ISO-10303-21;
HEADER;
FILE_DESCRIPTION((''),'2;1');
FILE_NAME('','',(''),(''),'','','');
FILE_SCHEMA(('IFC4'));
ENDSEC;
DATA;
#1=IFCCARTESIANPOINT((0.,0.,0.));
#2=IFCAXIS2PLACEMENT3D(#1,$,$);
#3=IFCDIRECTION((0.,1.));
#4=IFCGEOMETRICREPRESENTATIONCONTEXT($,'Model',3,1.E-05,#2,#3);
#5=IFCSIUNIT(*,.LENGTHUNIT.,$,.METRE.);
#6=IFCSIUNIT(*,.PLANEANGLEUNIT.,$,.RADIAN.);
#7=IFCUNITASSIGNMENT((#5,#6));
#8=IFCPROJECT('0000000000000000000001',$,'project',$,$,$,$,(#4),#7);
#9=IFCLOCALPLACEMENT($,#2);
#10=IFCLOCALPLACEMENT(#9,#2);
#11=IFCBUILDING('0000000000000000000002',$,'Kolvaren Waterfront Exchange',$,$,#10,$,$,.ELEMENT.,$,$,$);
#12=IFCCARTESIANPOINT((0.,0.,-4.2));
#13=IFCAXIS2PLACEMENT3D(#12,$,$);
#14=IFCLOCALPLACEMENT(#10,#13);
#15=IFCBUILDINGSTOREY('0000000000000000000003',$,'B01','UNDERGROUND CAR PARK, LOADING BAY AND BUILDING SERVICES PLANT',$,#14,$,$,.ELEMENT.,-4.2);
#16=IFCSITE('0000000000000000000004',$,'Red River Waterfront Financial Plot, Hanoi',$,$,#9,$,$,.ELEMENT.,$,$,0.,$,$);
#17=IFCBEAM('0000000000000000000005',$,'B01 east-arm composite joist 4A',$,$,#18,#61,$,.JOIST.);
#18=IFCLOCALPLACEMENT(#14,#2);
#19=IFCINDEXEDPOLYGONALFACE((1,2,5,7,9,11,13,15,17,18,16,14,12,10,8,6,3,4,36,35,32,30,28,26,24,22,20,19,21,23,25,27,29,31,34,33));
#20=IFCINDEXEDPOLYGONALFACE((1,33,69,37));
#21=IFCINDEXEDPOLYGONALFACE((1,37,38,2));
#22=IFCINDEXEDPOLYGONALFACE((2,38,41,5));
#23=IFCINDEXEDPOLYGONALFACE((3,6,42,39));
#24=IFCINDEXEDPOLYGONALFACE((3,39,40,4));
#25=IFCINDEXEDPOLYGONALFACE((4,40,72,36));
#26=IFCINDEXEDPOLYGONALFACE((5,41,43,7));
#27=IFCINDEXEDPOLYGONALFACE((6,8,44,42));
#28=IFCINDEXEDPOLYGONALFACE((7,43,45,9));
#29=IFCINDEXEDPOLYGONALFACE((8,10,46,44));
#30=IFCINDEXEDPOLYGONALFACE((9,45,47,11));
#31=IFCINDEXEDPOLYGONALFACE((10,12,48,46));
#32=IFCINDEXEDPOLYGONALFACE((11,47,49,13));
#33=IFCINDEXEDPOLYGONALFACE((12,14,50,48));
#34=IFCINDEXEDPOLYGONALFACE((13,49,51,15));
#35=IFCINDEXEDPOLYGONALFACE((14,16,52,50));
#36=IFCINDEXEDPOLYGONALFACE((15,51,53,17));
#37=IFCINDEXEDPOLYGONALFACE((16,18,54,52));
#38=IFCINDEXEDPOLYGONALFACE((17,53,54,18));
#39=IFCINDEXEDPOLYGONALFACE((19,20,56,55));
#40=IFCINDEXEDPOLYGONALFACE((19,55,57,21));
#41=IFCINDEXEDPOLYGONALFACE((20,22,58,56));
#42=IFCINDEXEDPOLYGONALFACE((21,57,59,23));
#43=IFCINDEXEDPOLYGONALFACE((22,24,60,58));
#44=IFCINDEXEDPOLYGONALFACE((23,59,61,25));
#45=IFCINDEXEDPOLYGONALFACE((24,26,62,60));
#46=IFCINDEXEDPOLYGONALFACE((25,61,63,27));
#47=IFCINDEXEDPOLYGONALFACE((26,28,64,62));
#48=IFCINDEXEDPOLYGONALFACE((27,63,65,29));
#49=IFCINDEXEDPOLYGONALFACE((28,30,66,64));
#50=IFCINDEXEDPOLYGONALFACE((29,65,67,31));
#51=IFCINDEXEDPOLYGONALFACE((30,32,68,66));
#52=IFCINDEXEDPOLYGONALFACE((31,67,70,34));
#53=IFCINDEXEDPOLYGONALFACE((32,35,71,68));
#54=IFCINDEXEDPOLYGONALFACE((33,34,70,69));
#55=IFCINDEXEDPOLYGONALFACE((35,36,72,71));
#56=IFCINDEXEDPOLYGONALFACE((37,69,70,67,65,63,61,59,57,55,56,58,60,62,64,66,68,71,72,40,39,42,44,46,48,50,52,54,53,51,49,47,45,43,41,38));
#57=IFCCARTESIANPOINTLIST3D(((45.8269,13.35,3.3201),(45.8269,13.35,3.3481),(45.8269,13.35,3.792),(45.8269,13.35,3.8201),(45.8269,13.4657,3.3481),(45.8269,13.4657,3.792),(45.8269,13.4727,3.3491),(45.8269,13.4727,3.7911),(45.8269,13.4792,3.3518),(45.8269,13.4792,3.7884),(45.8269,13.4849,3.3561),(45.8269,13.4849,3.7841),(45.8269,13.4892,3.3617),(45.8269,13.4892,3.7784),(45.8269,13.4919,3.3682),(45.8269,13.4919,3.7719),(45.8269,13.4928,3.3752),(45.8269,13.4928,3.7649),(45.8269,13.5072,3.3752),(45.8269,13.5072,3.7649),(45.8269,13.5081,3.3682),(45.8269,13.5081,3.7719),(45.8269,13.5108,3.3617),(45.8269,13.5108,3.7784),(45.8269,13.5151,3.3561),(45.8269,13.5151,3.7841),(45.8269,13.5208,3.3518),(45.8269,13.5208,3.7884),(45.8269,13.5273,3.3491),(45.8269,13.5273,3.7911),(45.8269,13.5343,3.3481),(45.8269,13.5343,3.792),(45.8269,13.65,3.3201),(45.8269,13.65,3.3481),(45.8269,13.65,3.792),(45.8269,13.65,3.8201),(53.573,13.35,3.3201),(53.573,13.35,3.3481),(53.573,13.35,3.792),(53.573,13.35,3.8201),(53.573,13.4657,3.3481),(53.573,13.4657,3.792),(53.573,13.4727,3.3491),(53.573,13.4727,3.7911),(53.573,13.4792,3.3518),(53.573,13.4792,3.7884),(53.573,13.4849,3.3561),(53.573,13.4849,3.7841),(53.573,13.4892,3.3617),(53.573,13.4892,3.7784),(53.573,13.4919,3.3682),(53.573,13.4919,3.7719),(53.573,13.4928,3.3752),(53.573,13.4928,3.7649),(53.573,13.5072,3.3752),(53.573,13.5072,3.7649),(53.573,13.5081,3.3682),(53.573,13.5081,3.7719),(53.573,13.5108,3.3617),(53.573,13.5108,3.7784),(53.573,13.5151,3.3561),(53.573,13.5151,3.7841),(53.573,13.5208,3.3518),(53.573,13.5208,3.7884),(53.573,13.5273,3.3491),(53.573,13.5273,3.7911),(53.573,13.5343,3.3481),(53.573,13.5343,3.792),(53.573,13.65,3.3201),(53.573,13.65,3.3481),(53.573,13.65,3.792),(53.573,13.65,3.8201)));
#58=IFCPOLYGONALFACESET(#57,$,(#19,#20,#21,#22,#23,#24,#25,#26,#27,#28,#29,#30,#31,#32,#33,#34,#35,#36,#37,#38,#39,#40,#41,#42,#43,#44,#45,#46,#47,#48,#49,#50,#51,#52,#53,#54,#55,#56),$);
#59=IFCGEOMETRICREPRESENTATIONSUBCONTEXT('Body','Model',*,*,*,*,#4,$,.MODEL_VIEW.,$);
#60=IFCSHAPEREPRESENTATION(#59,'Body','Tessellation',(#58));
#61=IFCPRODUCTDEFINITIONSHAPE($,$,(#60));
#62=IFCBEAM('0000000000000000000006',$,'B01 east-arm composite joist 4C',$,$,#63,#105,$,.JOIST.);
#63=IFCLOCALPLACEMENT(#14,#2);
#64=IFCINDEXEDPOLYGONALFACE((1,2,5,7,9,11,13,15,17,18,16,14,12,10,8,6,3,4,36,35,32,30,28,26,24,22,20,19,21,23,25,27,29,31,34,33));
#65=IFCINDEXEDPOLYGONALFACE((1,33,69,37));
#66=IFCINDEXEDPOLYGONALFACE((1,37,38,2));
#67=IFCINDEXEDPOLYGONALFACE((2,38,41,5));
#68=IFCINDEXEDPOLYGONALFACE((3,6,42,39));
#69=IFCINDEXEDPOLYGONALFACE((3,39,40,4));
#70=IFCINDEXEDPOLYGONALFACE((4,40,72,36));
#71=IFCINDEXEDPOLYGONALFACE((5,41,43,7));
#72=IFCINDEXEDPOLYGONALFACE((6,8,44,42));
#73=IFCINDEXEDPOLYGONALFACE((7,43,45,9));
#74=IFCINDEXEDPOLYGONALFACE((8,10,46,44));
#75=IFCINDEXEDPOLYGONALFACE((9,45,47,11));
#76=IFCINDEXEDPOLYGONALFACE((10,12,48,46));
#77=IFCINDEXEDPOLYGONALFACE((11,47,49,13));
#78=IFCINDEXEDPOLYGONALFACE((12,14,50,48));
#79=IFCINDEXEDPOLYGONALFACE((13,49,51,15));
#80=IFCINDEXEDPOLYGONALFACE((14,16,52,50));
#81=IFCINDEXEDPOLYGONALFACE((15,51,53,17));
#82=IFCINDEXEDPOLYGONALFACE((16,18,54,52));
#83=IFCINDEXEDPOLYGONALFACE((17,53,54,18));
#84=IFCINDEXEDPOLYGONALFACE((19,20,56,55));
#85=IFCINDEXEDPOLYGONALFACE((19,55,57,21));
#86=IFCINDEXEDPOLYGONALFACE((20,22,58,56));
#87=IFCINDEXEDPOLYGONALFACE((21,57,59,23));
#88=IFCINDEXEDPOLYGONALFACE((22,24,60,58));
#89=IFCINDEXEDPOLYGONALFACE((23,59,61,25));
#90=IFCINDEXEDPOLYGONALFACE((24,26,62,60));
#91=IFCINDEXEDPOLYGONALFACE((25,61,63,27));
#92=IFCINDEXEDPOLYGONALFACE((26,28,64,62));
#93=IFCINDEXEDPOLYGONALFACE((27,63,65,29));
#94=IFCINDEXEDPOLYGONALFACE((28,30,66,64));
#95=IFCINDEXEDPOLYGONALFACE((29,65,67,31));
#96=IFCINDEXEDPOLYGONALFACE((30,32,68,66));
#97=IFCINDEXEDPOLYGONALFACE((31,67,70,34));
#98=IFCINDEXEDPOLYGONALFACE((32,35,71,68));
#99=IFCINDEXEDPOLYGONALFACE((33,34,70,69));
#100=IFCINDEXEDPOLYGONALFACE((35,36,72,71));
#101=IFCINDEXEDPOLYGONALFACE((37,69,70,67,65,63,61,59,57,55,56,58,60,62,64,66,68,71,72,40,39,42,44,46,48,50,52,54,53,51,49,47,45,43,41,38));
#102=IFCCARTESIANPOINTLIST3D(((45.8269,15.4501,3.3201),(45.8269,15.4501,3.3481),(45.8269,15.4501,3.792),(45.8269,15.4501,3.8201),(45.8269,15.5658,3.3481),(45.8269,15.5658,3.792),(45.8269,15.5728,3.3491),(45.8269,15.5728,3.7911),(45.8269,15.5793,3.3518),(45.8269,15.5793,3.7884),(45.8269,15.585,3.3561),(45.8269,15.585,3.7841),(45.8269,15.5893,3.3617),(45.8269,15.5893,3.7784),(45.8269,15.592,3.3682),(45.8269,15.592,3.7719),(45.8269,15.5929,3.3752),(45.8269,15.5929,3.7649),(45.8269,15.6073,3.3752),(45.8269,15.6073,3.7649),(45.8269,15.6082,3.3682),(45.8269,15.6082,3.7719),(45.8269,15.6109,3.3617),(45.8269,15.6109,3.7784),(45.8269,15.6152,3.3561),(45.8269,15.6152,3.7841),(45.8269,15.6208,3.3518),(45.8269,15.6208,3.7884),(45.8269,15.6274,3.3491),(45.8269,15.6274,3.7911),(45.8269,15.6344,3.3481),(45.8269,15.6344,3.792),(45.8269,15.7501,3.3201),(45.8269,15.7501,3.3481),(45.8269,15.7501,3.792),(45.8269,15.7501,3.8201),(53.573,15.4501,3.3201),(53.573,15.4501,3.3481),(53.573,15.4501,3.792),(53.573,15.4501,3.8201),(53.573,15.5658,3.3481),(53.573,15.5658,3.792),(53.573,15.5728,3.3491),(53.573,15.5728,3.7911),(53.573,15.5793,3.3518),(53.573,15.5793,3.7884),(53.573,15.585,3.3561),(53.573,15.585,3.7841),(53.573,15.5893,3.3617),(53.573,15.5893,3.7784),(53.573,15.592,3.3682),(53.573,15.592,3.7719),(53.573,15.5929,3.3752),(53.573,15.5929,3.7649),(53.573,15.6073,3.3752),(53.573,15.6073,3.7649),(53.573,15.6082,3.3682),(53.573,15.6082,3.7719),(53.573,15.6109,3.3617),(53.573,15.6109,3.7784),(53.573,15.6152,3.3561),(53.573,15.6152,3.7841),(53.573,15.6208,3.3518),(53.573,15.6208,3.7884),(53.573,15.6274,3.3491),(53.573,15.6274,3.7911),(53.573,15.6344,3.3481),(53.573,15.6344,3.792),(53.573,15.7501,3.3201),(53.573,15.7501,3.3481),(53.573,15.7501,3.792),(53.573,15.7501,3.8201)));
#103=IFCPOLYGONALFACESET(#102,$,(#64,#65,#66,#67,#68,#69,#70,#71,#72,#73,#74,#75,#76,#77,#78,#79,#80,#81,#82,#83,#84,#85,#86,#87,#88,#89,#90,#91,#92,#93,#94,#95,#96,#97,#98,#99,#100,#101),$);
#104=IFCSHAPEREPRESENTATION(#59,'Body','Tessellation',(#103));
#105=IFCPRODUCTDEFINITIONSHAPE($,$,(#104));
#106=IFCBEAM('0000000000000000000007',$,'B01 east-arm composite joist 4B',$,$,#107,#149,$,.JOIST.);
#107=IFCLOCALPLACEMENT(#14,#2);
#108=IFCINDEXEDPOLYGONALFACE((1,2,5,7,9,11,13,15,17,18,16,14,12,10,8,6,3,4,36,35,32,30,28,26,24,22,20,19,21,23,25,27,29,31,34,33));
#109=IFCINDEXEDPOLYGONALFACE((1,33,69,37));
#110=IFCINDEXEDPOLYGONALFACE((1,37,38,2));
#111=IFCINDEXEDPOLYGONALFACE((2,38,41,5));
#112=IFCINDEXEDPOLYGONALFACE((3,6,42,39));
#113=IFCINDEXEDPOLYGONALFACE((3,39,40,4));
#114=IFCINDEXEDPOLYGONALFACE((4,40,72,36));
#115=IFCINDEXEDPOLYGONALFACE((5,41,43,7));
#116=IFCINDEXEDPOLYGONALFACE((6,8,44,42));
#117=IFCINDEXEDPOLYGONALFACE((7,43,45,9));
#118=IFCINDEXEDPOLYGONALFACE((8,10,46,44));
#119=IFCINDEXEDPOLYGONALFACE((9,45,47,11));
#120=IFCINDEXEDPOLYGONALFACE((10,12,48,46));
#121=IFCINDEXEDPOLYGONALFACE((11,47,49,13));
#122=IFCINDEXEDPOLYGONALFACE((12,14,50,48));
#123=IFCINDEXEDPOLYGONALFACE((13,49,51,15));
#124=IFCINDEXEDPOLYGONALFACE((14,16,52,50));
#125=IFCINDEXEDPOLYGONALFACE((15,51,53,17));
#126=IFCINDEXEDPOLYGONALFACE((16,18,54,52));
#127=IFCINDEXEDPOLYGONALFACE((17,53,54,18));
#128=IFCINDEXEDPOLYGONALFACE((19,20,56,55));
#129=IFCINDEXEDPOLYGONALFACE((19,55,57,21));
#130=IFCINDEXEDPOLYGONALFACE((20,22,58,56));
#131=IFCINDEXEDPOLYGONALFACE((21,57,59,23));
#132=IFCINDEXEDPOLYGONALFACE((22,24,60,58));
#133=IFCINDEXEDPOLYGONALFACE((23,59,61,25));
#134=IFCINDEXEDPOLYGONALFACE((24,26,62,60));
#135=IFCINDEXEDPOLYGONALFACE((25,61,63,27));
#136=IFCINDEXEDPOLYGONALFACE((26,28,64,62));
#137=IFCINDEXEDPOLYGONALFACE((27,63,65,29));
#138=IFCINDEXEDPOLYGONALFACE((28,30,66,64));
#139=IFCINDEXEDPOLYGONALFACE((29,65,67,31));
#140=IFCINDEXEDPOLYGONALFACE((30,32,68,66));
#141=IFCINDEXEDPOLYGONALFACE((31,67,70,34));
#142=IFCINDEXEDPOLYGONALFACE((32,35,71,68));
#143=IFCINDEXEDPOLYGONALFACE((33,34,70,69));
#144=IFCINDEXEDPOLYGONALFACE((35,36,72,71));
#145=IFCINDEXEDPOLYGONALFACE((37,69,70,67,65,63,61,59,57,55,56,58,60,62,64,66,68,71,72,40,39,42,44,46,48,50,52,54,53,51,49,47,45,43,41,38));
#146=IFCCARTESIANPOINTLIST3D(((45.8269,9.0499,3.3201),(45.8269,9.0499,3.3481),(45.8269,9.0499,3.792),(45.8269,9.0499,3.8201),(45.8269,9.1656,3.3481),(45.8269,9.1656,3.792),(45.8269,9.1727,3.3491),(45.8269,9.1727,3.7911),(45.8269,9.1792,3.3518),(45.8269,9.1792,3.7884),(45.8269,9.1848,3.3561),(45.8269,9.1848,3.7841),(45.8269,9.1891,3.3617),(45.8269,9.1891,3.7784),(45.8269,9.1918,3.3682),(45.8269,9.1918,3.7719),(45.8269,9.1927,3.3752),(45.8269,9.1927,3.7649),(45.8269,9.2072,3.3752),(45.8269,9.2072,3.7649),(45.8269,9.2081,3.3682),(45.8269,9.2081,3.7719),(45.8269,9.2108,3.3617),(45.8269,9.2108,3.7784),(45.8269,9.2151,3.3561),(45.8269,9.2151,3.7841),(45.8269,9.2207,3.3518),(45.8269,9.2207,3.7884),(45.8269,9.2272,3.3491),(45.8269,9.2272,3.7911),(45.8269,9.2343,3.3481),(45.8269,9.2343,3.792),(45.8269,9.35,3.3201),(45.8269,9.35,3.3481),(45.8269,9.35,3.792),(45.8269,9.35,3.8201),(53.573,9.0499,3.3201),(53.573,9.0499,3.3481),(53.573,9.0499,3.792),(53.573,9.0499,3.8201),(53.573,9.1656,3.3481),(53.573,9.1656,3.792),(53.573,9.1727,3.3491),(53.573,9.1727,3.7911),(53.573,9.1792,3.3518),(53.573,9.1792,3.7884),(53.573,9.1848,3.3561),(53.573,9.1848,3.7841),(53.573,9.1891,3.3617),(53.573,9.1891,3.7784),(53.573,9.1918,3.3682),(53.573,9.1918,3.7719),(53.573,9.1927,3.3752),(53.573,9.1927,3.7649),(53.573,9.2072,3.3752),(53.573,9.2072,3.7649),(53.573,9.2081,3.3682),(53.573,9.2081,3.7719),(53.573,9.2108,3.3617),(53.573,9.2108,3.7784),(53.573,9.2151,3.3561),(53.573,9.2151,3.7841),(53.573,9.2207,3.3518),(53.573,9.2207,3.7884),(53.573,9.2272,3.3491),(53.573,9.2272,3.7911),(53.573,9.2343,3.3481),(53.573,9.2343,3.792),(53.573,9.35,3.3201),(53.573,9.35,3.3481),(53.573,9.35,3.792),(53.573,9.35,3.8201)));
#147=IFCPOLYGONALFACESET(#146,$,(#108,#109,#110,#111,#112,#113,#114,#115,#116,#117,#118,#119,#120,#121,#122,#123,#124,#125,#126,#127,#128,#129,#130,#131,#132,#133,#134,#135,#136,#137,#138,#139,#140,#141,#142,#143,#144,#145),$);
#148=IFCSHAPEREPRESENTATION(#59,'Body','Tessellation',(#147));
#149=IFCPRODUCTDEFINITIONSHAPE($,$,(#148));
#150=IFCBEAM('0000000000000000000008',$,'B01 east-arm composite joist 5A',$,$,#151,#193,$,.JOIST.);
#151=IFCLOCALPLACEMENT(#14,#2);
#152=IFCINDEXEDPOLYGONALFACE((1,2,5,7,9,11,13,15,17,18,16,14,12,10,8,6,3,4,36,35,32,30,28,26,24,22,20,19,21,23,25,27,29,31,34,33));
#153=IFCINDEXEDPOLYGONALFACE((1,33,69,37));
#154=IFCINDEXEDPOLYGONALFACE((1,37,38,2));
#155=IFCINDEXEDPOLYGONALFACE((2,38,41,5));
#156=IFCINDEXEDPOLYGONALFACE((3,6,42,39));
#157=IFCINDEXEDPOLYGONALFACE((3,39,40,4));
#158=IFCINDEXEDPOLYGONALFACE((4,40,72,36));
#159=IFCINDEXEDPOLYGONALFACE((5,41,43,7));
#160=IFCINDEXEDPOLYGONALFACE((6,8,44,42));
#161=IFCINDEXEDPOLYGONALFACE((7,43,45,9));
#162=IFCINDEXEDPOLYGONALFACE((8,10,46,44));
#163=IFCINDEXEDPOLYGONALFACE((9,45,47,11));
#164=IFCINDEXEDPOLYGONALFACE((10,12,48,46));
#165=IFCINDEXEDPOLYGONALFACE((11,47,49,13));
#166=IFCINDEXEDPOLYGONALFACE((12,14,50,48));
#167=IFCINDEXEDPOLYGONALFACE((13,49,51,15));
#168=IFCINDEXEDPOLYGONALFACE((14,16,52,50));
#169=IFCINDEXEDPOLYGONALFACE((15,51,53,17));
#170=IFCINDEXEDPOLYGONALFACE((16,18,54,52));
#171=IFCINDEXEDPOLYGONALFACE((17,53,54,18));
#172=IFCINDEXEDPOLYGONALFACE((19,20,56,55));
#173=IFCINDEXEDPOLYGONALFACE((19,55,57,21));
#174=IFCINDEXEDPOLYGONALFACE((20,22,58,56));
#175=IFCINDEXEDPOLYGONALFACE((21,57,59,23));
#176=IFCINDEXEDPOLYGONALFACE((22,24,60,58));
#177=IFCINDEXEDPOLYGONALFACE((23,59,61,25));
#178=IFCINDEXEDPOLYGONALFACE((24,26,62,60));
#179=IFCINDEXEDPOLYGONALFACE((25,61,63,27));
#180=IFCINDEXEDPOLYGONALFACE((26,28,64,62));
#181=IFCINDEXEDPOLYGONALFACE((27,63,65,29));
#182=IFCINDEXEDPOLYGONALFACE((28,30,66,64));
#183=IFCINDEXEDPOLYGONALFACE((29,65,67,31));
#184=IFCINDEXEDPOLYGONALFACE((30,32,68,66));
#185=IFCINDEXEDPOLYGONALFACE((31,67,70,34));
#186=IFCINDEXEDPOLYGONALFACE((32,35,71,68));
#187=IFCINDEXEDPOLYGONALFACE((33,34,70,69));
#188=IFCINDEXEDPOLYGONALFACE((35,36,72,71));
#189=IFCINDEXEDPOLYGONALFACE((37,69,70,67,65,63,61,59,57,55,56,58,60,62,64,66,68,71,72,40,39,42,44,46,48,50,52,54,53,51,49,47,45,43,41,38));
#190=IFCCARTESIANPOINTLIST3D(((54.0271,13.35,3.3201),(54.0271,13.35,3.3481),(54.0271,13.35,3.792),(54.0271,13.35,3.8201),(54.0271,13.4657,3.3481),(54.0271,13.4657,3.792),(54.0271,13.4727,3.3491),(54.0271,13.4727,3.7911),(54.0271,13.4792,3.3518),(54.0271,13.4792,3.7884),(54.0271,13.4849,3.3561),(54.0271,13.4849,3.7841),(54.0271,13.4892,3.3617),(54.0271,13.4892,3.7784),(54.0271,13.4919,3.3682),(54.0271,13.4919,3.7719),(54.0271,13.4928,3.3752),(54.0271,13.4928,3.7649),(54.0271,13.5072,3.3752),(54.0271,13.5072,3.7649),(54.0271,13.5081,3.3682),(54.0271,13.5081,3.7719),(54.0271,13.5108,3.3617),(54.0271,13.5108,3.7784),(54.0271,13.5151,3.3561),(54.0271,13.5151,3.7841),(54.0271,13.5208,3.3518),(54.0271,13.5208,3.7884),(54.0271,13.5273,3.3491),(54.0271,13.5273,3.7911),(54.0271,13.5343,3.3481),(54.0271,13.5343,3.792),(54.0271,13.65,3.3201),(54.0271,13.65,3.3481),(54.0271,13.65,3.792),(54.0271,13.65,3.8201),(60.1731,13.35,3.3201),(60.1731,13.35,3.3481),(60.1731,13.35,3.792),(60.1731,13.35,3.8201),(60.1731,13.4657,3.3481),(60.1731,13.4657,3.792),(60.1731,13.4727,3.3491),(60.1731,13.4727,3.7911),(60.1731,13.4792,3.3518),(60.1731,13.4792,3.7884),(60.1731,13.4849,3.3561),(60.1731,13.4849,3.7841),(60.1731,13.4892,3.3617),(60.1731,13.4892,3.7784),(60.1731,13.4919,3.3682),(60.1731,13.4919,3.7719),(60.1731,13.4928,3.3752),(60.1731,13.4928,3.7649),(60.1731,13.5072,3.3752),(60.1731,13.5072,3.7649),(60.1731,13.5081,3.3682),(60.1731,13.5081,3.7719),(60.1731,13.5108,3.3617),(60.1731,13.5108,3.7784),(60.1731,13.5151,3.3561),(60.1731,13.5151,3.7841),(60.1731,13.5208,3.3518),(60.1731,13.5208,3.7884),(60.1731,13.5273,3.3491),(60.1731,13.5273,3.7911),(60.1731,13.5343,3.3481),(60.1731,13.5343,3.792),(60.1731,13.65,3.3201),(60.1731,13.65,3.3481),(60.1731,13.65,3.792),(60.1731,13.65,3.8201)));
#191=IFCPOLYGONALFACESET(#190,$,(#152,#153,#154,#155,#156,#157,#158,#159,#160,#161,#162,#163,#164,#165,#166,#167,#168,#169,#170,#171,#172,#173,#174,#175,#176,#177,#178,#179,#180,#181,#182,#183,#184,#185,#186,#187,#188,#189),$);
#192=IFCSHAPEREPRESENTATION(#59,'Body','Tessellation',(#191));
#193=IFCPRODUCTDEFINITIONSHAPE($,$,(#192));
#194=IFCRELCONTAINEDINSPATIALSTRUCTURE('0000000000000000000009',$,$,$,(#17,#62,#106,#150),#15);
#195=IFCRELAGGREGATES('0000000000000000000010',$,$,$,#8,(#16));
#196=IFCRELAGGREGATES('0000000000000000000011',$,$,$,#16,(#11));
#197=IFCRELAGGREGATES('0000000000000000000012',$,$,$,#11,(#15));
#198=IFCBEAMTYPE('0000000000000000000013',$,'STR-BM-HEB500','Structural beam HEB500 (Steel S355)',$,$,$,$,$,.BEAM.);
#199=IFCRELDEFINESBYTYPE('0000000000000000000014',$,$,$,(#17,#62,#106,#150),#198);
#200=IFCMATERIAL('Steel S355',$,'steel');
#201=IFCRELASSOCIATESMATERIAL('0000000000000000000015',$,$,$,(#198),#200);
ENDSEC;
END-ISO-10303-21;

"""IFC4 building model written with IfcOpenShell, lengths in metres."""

from ifc_helpers import new_model, si_unit, direction, frame, origin, origin_2d, place, context, subcontext, project, spatial, i_section, extrude, material, material_profile, profile_set, type_object, element, save


model = new_model("IFC4")

# Units and contexts
model_context = context("Model", 3, precision=1e-05, world=origin(), true_north=direction((0.0, 1.0)))
body_context = subcontext(model_context, "Body", "Model", "MODEL_VIEW")
ifc_project = project(units=[si_unit("LENGTHUNIT", "METRE"), si_unit("PLANEANGLEUNIT", "RADIAN")], contexts=[model_context])

# Site, building, storey
site_placement = place(None, origin())
site = spatial("IfcSite", under=ifc_project, at=site_placement, Name="Red River Waterfront Financial Plot, Hanoi", CompositionType="ELEMENT", RefElevation=0.0)
building_placement = place(site_placement, origin())
building = spatial("IfcBuilding", under=site, at=building_placement, Name="Kolvaren Waterfront Exchange", CompositionType="ELEMENT")
storey_placement = place(building_placement, frame((0.0, 0.0, -4.2)))
storey = spatial("IfcBuildingStorey", under=building, at=storey_placement, Name="B01", Description="UNDERGROUND CAR PARK, LOADING BAY AND BUILDING SERVICES PLANT", CompositionType="ELEMENT", Elevation=-4.2)

# Beams
ifc_material_1 = material(Name="Steel S355", Category="steel")
ifc_material_profile_1 = material_profile(ifc_material_1, i_section(OverallWidth=0.3, OverallDepth=0.5, WebThickness=0.0144, FlangeThickness=0.0281, FilletRadius=0.0271, at=origin_2d()), Name="HEB500")
ifc_profile_set_1 = profile_set([ifc_material_profile_1], Name="Steel S355")
beam_type_1 = type_object("IfcBeamType", Name="STR-BM-HEB500", Description="Structural beam HEB500 (Steel S355)", PredefinedType="BEAM", material=ifc_profile_set_1)
for number, where, z_axis, x_axis, name in (
    (1, (45.8269, 13.5, 3.5701), (1.0, 0.0, 0.0), (0.0, 1.0, 0.0), "B01 east-arm composite joist 4A"),
    (2, (45.8269, 15.6001, 3.5701), (1.0, 0.0, 0.0), (0.0, 1.0, 0.0), "B01 east-arm composite joist 4C"),
    (3, (45.8269, 9.2, 3.5701), (1.0, 0.0, 0.0), (0.0, 1.0, 0.0), "B01 east-arm composite joist 4B"),
):
    element("IfcBeam", number, at=place(storey_placement, frame(where, z_axis=z_axis, x_axis=x_axis)), inside=storey, type_object=beam_type_1, Name=name, PredefinedType="JOIST", context=body_context, shape_type="SweptSolid", body=[
        extrude(i_section(OverallWidth=0.3, OverallDepth=0.5, WebThickness=0.0144, FlangeThickness=0.0281, FilletRadius=0.0271, at=origin_2d()), origin(), (0.0, 0.0, 1.0), 7.7461),
    ])
for number, where, z_axis, x_axis, name in (
    (4, (54.0271, 13.5, 3.5701), (1.0, 0.0, 0.0), (0.0, 1.0, 0.0), "B01 east-arm composite joist 5A"),
):
    element("IfcBeam", number, at=place(storey_placement, frame(where, z_axis=z_axis, x_axis=x_axis)), inside=storey, type_object=beam_type_1, Name=name, PredefinedType="JOIST", context=body_context, shape_type="SweptSolid", body=[
        extrude(i_section(OverallWidth=0.3, OverallDepth=0.5, WebThickness=0.0144, FlangeThickness=0.0281, FilletRadius=0.0271, at=origin_2d()), origin(), (0.0, 0.0, 1.0), 6.146),
    ])

save(model, "model.ifc")
